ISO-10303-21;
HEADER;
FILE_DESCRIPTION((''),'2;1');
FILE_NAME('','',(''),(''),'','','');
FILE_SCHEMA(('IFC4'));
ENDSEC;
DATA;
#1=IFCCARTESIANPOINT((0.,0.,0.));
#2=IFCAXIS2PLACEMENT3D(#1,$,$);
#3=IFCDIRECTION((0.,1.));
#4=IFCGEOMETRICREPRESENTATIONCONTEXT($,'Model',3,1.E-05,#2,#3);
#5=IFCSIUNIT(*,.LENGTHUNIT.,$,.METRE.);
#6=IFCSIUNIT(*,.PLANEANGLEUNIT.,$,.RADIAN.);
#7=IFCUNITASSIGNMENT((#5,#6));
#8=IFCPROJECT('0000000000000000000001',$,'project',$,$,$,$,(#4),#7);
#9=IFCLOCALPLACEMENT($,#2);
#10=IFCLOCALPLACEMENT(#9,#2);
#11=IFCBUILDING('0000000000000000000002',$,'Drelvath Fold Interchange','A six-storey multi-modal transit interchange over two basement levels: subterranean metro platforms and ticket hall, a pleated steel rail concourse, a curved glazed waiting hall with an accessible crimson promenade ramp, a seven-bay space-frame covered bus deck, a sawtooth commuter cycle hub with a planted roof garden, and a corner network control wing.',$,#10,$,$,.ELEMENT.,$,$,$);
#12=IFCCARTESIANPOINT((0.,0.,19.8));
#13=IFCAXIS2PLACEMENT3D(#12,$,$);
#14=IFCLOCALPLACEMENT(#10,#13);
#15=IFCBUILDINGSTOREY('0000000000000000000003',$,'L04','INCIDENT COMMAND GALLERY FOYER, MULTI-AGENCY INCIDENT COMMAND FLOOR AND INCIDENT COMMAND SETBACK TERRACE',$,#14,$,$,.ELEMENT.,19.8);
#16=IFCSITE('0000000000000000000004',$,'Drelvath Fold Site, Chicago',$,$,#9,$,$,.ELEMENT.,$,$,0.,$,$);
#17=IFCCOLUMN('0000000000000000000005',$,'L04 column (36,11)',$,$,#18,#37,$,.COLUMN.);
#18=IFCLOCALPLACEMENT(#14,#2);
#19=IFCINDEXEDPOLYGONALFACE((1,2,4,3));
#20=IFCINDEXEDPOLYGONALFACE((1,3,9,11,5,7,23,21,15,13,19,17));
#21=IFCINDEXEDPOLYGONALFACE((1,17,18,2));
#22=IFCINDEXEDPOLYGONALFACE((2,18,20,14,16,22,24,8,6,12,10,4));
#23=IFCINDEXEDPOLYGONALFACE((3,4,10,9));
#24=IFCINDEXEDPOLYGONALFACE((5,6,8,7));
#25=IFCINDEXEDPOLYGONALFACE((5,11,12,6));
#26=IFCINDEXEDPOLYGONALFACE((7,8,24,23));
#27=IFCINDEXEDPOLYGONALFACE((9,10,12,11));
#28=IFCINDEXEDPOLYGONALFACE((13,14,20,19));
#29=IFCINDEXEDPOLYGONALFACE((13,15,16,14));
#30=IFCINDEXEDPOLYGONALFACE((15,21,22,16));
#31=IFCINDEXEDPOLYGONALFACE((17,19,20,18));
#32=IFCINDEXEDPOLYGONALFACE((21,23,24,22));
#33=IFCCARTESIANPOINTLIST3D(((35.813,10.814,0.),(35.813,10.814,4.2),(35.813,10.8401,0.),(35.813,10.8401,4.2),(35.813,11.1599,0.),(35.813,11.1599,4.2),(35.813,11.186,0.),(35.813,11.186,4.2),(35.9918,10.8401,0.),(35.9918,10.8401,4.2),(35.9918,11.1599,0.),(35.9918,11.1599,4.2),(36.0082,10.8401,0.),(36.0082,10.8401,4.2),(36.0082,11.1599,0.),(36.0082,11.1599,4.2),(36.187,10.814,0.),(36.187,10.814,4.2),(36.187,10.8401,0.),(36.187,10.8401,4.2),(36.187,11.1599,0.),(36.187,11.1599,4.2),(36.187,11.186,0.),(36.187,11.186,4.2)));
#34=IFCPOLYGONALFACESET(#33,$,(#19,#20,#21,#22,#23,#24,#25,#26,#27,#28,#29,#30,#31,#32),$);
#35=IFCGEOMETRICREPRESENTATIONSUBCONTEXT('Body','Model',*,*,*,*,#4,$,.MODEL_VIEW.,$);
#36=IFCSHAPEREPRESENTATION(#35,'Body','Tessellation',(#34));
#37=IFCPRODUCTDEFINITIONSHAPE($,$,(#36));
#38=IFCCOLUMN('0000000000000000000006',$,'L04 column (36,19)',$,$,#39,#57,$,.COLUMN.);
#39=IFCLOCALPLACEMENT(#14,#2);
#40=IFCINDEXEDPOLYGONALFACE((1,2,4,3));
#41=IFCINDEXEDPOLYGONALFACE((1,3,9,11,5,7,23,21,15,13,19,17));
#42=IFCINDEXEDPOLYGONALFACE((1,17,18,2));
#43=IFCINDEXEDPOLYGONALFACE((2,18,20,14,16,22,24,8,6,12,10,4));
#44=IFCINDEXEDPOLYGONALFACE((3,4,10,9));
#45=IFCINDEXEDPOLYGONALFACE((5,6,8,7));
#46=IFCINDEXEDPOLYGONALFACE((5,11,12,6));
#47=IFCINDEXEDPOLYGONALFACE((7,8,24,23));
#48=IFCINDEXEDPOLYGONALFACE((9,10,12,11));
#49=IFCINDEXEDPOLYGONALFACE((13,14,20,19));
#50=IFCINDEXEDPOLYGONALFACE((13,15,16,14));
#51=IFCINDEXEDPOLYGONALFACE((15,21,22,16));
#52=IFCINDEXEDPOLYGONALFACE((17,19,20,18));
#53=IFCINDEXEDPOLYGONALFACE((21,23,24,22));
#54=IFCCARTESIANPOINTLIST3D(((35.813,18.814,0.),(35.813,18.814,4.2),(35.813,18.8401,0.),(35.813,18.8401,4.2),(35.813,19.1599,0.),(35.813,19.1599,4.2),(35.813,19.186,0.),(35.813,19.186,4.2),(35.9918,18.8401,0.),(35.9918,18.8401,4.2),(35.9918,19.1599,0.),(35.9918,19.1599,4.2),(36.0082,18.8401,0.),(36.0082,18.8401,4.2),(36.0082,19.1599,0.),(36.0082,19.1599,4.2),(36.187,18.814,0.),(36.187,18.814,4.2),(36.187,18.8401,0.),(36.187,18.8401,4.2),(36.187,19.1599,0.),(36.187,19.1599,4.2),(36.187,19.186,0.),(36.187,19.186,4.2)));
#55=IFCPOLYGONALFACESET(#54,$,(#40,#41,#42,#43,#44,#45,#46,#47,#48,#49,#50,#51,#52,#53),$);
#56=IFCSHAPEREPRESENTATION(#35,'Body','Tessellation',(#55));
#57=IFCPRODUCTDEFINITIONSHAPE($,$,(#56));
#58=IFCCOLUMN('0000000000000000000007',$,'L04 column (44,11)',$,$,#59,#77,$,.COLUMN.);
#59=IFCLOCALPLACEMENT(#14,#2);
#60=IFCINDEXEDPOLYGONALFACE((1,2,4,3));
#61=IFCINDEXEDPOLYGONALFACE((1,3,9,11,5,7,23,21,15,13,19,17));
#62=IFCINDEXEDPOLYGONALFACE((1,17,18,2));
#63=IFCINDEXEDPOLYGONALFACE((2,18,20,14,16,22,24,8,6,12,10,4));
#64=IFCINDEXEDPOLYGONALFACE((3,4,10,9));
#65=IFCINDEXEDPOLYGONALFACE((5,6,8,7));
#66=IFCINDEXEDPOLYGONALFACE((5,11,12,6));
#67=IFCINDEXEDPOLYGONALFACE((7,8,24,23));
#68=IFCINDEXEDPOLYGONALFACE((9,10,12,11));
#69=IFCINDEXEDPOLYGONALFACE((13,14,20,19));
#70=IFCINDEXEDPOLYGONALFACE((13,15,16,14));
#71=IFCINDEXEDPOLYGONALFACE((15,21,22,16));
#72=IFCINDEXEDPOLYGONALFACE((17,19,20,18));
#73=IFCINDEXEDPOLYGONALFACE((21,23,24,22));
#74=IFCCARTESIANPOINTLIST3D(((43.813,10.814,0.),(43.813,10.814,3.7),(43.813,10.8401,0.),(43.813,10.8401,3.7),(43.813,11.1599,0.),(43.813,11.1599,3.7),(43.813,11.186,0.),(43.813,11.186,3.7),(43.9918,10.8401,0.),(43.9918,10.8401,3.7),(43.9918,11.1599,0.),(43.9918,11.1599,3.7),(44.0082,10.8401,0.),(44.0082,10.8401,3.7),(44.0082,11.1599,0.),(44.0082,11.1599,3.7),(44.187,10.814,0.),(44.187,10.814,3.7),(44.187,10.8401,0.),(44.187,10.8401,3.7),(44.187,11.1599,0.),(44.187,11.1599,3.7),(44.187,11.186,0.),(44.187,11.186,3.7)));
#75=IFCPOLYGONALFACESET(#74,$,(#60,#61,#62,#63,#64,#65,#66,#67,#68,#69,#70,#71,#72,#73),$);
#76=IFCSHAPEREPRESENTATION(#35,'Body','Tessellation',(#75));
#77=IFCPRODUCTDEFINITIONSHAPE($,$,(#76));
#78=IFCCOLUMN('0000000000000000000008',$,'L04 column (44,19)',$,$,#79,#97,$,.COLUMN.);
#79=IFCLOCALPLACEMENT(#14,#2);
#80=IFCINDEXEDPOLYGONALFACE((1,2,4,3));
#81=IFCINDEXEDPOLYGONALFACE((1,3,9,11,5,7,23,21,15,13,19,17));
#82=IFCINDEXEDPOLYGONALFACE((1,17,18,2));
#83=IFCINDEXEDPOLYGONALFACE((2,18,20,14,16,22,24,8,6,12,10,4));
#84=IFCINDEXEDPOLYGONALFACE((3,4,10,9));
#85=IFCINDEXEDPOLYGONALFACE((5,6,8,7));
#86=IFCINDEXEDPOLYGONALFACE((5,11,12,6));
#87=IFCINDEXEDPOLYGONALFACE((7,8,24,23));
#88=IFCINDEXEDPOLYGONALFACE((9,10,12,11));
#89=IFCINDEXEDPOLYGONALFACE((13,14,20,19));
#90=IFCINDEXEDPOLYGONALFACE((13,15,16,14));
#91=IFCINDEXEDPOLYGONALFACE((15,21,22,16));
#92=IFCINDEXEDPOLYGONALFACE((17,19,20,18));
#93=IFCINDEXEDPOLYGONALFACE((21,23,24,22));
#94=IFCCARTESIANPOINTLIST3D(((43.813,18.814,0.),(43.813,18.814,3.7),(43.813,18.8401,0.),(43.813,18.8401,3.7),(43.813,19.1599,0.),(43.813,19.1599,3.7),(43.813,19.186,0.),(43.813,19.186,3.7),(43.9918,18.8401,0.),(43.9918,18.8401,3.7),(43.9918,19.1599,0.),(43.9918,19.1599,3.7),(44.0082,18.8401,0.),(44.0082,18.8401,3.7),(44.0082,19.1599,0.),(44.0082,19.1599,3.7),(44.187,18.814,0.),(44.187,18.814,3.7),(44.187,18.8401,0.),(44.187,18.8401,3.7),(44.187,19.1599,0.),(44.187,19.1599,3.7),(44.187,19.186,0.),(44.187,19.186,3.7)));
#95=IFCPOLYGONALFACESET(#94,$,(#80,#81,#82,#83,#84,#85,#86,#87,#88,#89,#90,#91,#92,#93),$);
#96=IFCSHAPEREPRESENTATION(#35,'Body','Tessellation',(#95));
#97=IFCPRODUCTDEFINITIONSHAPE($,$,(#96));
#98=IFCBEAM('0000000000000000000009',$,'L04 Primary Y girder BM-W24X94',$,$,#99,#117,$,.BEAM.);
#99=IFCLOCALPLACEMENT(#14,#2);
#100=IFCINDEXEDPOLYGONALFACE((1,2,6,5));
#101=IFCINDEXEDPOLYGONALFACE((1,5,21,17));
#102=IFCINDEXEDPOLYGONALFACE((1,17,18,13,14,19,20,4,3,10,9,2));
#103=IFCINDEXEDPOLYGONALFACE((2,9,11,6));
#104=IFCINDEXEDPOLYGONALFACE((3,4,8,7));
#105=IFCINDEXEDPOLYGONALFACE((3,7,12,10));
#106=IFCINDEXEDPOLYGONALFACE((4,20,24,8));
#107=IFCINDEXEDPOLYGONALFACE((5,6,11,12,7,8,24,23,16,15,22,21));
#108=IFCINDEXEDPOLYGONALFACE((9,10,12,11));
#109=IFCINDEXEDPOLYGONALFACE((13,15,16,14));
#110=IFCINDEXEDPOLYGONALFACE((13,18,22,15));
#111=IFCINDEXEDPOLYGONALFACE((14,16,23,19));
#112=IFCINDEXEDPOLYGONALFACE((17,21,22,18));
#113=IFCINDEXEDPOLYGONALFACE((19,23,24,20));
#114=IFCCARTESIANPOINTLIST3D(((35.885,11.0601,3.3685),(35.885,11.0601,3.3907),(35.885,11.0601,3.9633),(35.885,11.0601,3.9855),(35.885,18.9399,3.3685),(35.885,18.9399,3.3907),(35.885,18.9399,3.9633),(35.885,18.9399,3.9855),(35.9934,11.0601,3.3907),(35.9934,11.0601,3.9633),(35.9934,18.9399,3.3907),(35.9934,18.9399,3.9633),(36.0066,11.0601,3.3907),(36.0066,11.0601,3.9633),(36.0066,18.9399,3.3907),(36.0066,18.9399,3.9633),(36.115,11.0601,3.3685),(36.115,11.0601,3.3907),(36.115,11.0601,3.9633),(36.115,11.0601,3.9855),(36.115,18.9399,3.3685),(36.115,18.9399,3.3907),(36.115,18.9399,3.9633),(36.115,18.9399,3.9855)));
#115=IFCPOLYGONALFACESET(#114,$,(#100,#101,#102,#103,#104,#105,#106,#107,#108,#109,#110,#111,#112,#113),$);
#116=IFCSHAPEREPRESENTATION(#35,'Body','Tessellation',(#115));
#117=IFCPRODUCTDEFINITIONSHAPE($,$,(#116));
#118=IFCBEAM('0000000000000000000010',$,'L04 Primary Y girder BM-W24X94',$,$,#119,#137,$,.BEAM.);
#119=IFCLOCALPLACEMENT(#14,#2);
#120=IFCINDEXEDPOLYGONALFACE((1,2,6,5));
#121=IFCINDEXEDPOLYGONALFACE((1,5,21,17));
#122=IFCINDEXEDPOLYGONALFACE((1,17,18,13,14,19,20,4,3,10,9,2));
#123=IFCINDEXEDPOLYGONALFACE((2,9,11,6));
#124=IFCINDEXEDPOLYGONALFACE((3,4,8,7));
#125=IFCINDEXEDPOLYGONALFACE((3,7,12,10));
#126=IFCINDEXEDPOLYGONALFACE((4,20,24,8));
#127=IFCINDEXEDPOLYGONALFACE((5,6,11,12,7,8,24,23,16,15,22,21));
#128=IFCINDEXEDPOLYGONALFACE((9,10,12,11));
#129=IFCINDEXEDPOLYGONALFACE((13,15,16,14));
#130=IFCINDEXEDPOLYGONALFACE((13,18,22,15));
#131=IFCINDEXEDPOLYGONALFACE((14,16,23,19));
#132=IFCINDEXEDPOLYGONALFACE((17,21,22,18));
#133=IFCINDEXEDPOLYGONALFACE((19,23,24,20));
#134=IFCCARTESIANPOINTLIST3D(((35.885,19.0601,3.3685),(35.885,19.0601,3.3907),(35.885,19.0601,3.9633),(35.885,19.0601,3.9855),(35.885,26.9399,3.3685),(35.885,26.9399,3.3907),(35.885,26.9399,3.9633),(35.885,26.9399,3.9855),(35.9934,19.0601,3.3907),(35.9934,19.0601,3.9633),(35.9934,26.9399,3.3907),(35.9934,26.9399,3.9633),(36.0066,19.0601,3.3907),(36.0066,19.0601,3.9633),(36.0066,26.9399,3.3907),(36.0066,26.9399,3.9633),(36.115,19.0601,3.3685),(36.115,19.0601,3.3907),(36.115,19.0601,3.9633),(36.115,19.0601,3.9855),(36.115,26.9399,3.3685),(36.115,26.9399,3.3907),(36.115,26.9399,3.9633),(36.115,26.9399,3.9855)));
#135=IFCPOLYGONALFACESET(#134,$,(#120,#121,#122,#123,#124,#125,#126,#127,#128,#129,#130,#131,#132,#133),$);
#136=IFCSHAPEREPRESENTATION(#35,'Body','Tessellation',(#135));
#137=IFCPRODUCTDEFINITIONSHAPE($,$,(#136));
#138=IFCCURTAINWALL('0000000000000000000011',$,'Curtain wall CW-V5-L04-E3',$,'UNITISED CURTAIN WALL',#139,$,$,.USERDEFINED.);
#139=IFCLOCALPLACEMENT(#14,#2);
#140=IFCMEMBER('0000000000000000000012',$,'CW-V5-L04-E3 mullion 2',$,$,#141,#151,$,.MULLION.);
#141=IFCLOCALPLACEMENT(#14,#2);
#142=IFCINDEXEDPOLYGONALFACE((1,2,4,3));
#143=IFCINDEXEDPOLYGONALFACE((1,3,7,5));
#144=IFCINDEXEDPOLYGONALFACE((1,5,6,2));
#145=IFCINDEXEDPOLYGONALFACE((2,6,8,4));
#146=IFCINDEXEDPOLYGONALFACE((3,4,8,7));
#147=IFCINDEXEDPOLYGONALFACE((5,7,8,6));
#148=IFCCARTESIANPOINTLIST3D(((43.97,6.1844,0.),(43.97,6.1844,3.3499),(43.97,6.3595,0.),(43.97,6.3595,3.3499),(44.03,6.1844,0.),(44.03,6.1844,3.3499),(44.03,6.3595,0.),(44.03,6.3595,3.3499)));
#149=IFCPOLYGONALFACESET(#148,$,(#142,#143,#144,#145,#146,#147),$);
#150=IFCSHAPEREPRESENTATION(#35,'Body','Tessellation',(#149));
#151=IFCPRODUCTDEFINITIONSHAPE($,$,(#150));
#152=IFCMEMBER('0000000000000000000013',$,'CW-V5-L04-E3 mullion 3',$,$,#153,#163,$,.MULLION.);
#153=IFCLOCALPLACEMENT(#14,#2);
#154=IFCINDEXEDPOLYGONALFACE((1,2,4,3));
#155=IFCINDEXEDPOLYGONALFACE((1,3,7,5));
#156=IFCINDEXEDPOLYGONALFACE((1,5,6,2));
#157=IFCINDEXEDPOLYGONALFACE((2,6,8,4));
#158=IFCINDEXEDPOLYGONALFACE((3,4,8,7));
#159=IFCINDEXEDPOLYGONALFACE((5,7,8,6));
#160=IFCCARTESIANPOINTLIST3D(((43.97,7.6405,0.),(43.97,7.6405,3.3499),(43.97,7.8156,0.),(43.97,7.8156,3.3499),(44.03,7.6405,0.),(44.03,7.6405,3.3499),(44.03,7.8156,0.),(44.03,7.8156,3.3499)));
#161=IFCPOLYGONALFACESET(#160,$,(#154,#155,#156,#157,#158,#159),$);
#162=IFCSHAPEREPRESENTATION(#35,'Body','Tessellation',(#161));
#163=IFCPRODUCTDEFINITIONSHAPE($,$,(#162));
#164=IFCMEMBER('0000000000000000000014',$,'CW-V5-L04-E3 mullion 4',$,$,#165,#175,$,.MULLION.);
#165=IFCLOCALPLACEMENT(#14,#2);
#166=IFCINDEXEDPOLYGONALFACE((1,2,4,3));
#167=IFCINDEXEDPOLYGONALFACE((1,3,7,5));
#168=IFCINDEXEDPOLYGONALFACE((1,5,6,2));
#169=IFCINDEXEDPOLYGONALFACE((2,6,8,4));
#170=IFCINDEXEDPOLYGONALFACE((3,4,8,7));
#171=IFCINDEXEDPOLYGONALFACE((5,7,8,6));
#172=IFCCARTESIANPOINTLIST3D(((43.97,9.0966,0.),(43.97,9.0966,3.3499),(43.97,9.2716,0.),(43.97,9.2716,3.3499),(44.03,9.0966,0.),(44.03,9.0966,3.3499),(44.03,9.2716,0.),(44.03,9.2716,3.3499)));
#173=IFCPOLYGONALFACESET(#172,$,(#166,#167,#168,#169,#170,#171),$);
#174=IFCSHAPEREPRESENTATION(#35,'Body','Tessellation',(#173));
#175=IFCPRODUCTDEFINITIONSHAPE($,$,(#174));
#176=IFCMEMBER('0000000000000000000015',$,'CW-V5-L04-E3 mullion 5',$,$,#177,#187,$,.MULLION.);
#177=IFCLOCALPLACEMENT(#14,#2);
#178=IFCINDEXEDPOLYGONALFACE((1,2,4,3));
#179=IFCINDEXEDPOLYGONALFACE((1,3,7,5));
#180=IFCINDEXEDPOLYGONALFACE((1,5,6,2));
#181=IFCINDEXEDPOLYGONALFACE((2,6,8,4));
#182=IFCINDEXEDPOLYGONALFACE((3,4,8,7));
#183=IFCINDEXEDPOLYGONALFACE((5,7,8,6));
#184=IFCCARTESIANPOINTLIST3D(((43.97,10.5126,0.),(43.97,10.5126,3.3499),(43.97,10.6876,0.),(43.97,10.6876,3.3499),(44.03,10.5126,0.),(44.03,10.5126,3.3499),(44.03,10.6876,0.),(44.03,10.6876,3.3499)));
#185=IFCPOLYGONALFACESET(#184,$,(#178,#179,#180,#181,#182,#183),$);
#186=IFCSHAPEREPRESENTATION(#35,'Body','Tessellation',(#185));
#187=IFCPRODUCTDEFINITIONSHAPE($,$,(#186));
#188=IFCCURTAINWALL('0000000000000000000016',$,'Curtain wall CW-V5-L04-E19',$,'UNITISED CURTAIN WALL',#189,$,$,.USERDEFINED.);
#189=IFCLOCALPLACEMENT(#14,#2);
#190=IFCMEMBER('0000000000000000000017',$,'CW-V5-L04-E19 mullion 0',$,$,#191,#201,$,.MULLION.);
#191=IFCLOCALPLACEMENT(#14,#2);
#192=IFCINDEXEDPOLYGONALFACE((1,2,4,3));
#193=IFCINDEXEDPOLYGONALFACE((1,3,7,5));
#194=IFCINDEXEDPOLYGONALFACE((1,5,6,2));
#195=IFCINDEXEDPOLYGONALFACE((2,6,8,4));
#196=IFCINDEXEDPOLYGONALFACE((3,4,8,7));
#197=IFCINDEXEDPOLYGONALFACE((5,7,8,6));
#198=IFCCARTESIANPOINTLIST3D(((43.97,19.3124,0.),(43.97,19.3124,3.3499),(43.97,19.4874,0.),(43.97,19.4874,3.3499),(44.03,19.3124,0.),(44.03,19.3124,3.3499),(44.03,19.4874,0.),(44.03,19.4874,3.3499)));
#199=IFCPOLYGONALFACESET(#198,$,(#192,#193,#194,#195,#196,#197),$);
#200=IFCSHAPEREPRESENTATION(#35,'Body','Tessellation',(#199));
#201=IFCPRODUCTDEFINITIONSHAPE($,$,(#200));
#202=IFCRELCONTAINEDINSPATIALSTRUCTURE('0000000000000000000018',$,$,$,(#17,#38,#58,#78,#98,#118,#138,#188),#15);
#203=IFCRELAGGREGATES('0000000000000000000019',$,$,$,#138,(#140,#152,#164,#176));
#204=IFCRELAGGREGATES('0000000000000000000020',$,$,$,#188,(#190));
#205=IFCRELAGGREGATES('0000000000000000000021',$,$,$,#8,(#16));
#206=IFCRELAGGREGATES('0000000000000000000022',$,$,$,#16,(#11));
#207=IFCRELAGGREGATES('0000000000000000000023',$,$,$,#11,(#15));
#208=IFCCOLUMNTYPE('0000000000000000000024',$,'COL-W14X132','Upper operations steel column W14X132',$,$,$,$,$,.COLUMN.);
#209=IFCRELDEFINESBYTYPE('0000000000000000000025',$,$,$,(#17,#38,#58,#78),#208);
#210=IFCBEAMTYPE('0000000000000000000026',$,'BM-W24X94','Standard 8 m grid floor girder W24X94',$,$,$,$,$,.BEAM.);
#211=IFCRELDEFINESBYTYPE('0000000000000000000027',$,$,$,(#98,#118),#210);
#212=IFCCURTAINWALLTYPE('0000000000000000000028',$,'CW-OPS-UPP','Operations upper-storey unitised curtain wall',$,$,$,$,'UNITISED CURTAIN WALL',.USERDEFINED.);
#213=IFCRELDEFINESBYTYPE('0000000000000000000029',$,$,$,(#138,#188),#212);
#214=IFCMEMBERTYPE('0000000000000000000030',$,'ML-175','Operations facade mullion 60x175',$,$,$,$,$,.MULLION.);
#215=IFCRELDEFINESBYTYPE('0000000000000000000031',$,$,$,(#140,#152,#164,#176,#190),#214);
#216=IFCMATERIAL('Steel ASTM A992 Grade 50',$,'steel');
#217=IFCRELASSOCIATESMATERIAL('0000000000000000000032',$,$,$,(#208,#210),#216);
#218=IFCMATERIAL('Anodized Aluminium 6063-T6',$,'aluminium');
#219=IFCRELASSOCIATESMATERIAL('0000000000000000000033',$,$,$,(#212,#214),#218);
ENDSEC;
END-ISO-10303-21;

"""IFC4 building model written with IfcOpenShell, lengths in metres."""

from ifc_helpers import new_model, si_unit, direction, frame, origin, origin_2d, place, context, subcontext, project, spatial, rectangle, i_section, extrude, material, material_profile, profile_set, type_object, element, aggregate, save


model = new_model("IFC4")

# Units and contexts
model_context = context("Model", 3, precision=1e-05, world=origin(), true_north=direction((0.0, 1.0)))
body_context = subcontext(model_context, "Body", "Model", "MODEL_VIEW")
ifc_project = project(units=[si_unit("LENGTHUNIT", "METRE"), si_unit("PLANEANGLEUNIT", "RADIAN")], contexts=[model_context])

# Site, building, storey
site_placement = place(None, origin())
site = spatial("IfcSite", under=ifc_project, at=site_placement, Name="Drelvath Fold Site, Chicago", CompositionType="ELEMENT", RefElevation=0.0)
building_placement = place(site_placement, origin())
building = spatial("IfcBuilding", under=site, at=building_placement, Name="Drelvath Fold Interchange", Description="A six-storey multi-modal transit interchange over two basement levels: subterranean metro platforms and ticket hall, a pleated steel rail concourse, a curved glazed waiting hall with an accessible crimson promenade ramp, a seven-bay space-frame covered bus deck, a sawtooth commuter cycle hub with a planted roof garden, and a corner network control wing.", CompositionType="ELEMENT")
storey_placement = place(building_placement, frame((0.0, 0.0, 19.8)))
storey = spatial("IfcBuildingStorey", under=building, at=storey_placement, Name="L04", Description="INCIDENT COMMAND GALLERY FOYER, MULTI-AGENCY INCIDENT COMMAND FLOOR AND INCIDENT COMMAND SETBACK TERRACE", CompositionType="ELEMENT", Elevation=19.8)

# Columns
ifc_material_1 = material(Name="Steel ASTM A992 Grade 50", Category="steel")
ifc_material_profile_1 = material_profile(ifc_material_1, i_section(OverallWidth=0.374, OverallDepth=0.3721, WebThickness=0.0164, FlangeThickness=0.0261, at=origin_2d()), Name="W14X132")
ifc_profile_set_1 = profile_set([ifc_material_profile_1], Name="Steel ASTM A992 Grade 50")
column_type = type_object("IfcColumnType", Name="COL-W14X132", Description="Upper operations steel column W14X132", PredefinedType="COLUMN", material=ifc_profile_set_1)
for number, where, z_axis, x_axis, name in (
    (1, (36.0, 11.0, 0.0), (0.0, 0.0, 1.0), (1.0, 0.0, 0.0), "L04 column (36,11)"),
    (2, (36.0, 19.0, 0.0), (0.0, 0.0, 1.0), (1.0, 0.0, 0.0), "L04 column (36,19)"),
):
    element("IfcColumn", number, at=place(storey_placement, frame(where, z_axis=z_axis, x_axis=x_axis)), inside=storey, type_object=column_type, Name=name, PredefinedType="COLUMN", context=body_context, shape_type="SweptSolid", body=[
        extrude(i_section(OverallWidth=0.374, OverallDepth=0.3721, WebThickness=0.0164, FlangeThickness=0.0261, at=origin_2d()), origin(), (0.0, 0.0, 1.0), 4.2),
    ])
for number, where, z_axis, x_axis, name in (
    (3, (44.0, 11.0, 0.0), (0.0, 0.0, 1.0), (1.0, 0.0, 0.0), "L04 column (44,11)"),
    (4, (44.0, 19.0, 0.0), (0.0, 0.0, 1.0), (1.0, 0.0, 0.0), "L04 column (44,19)"),
):
    element("IfcColumn", number, at=place(storey_placement, frame(where, z_axis=z_axis, x_axis=x_axis)), inside=storey, type_object=column_type, Name=name, PredefinedType="COLUMN", context=body_context, shape_type="SweptSolid", body=[
        extrude(i_section(OverallWidth=0.374, OverallDepth=0.3721, WebThickness=0.0164, FlangeThickness=0.0261, at=origin_2d()), origin(), (0.0, 0.0, 1.0), 3.7),
    ])

# Beams
ifc_material_profile_2 = material_profile(ifc_material_1, i_section(OverallWidth=0.23, OverallDepth=0.6169, WebThickness=0.0132, FlangeThickness=0.0222, at=origin_2d()), Name="W24X94")
ifc_profile_set_2 = profile_set([ifc_material_profile_2], Name="Steel ASTM A992 Grade 50")
beam_type = type_object("IfcBeamType", Name="BM-W24X94", Description="Standard 8 m grid floor girder W24X94", PredefinedType="BEAM", material=ifc_profile_set_2)
for number, where, z_axis, x_axis, name in (
    (5, (36.0, 11.0601, 3.677), (0.0, 1.0, 0.0), (-1.0, 0.0, 0.0), "L04 Primary Y girder BM-W24X94"),
    (6, (36.0, 19.0601, 3.677), (0.0, 1.0, 0.0), (-1.0, 0.0, 0.0), "L04 Primary Y girder BM-W24X94"),
):
    element("IfcBeam", number, at=place(storey_placement, frame(where, z_axis=z_axis, x_axis=x_axis)), inside=storey, type_object=beam_type, Name=name, PredefinedType="BEAM", context=body_context, shape_type="SweptSolid", body=[
        extrude(i_section(OverallWidth=0.23, OverallDepth=0.6169, WebThickness=0.0132, FlangeThickness=0.0222, at=origin_2d()), origin(), (0.0, 0.0, 1.0), 7.8799),
    ])

# Curtain walls, members
ifc_material_2 = material(Name="Anodized Aluminium 6063-T6", Category="aluminium")
curtain_wall_type = type_object("IfcCurtainWallType", Name="CW-OPS-UPP", Description="Operations upper-storey unitised curtain wall", ElementType="UNITISED CURTAIN WALL", PredefinedType="USERDEFINED", material=ifc_material_2)
curtain_wall_1_placement = place(storey_placement, origin())
curtain_wall_1 = element("IfcCurtainWall", 7, at=curtain_wall_1_placement, inside=storey, type_object=curtain_wall_type, Name="Curtain wall CW-V5-L04-E3", ObjectType="UNITISED CURTAIN WALL", PredefinedType="USERDEFINED")
ifc_material_profile_3 = material_profile(ifc_material_2, rectangle(XDim=0.0601, YDim=0.175, at=origin_2d()), Name="AL-M 60x175")
ifc_profile_set_3 = profile_set([ifc_material_profile_3], Name="Anodized Aluminium 6063-T6")
member_type_1 = type_object("IfcMemberType", Name="ML-175", Description="Operations facade mullion 60x175", PredefinedType="MULLION", material=ifc_profile_set_3)
member_1_placement = place(storey_placement, frame((44.0, 6.272, 0.0), z_axis=(0.0, 0.0, 1.0), x_axis=(1.0, 0.0, 0.0)))
member_1 = element("IfcMember", 8, at=member_1_placement, type_object=member_type_1, Name="CW-V5-L04-E3 mullion 2", PredefinedType="MULLION", context=body_context, shape_type="SweptSolid", body=[
    extrude(rectangle(XDim=0.0601, YDim=0.175, at=origin_2d()), origin(), (0.0, 0.0, 1.0), 3.3499),
])
member_2_placement = place(storey_placement, frame((44.0, 7.728, 0.0), z_axis=(0.0, 0.0, 1.0), x_axis=(1.0, 0.0, 0.0)))
member_2 = element("IfcMember", 9, at=member_2_placement, type_object=member_type_1, Name="CW-V5-L04-E3 mullion 3", PredefinedType="MULLION", context=body_context, shape_type="SweptSolid", body=[
    extrude(rectangle(XDim=0.0601, YDim=0.175, at=origin_2d()), origin(), (0.0, 0.0, 1.0), 3.3499),
])
member_3_placement = place(storey_placement, frame((44.0, 9.1841, 0.0), z_axis=(0.0, 0.0, 1.0), x_axis=(1.0, 0.0, 0.0)))
member_3 = element("IfcMember", 10, at=member_3_placement, type_object=member_type_1, Name="CW-V5-L04-E3 mullion 4", PredefinedType="MULLION", context=body_context, shape_type="SweptSolid", body=[
    extrude(rectangle(XDim=0.0601, YDim=0.175, at=origin_2d()), origin(), (0.0, 0.0, 1.0), 3.3499),
])
member_4_placement = place(storey_placement, frame((44.0, 10.6001, 0.0), z_axis=(0.0, 0.0, 1.0), x_axis=(1.0, 0.0, 0.0)))
member_4 = element("IfcMember", 11, at=member_4_placement, type_object=member_type_1, Name="CW-V5-L04-E3 mullion 5", PredefinedType="MULLION", context=body_context, shape_type="SweptSolid", body=[
    extrude(rectangle(XDim=0.0601, YDim=0.175, at=origin_2d()), origin(), (0.0, 0.0, 1.0), 3.3499),
])
curtain_wall_2_placement = place(storey_placement, origin())
curtain_wall_2 = element("IfcCurtainWall", 12, at=curtain_wall_2_placement, inside=storey, type_object=curtain_wall_type, Name="Curtain wall CW-V5-L04-E19", ObjectType="UNITISED CURTAIN WALL", PredefinedType="USERDEFINED")
member_5_placement = place(storey_placement, frame((44.0, 19.3999, 0.0), z_axis=(0.0, 0.0, 1.0), x_axis=(1.0, 0.0, 0.0)))
member_5 = element("IfcMember", 13, at=member_5_placement, type_object=member_type_1, Name="CW-V5-L04-E19 mullion 0", PredefinedType="MULLION", context=body_context, shape_type="SweptSolid", body=[
    extrude(rectangle(XDim=0.0601, YDim=0.175, at=origin_2d()), origin(), (0.0, 0.0, 1.0), 3.3499),
])

aggregate(curtain_wall_1, [member_1, member_2, member_3, member_4])
aggregate(curtain_wall_2, [member_5])

save(model, "model.ifc")
